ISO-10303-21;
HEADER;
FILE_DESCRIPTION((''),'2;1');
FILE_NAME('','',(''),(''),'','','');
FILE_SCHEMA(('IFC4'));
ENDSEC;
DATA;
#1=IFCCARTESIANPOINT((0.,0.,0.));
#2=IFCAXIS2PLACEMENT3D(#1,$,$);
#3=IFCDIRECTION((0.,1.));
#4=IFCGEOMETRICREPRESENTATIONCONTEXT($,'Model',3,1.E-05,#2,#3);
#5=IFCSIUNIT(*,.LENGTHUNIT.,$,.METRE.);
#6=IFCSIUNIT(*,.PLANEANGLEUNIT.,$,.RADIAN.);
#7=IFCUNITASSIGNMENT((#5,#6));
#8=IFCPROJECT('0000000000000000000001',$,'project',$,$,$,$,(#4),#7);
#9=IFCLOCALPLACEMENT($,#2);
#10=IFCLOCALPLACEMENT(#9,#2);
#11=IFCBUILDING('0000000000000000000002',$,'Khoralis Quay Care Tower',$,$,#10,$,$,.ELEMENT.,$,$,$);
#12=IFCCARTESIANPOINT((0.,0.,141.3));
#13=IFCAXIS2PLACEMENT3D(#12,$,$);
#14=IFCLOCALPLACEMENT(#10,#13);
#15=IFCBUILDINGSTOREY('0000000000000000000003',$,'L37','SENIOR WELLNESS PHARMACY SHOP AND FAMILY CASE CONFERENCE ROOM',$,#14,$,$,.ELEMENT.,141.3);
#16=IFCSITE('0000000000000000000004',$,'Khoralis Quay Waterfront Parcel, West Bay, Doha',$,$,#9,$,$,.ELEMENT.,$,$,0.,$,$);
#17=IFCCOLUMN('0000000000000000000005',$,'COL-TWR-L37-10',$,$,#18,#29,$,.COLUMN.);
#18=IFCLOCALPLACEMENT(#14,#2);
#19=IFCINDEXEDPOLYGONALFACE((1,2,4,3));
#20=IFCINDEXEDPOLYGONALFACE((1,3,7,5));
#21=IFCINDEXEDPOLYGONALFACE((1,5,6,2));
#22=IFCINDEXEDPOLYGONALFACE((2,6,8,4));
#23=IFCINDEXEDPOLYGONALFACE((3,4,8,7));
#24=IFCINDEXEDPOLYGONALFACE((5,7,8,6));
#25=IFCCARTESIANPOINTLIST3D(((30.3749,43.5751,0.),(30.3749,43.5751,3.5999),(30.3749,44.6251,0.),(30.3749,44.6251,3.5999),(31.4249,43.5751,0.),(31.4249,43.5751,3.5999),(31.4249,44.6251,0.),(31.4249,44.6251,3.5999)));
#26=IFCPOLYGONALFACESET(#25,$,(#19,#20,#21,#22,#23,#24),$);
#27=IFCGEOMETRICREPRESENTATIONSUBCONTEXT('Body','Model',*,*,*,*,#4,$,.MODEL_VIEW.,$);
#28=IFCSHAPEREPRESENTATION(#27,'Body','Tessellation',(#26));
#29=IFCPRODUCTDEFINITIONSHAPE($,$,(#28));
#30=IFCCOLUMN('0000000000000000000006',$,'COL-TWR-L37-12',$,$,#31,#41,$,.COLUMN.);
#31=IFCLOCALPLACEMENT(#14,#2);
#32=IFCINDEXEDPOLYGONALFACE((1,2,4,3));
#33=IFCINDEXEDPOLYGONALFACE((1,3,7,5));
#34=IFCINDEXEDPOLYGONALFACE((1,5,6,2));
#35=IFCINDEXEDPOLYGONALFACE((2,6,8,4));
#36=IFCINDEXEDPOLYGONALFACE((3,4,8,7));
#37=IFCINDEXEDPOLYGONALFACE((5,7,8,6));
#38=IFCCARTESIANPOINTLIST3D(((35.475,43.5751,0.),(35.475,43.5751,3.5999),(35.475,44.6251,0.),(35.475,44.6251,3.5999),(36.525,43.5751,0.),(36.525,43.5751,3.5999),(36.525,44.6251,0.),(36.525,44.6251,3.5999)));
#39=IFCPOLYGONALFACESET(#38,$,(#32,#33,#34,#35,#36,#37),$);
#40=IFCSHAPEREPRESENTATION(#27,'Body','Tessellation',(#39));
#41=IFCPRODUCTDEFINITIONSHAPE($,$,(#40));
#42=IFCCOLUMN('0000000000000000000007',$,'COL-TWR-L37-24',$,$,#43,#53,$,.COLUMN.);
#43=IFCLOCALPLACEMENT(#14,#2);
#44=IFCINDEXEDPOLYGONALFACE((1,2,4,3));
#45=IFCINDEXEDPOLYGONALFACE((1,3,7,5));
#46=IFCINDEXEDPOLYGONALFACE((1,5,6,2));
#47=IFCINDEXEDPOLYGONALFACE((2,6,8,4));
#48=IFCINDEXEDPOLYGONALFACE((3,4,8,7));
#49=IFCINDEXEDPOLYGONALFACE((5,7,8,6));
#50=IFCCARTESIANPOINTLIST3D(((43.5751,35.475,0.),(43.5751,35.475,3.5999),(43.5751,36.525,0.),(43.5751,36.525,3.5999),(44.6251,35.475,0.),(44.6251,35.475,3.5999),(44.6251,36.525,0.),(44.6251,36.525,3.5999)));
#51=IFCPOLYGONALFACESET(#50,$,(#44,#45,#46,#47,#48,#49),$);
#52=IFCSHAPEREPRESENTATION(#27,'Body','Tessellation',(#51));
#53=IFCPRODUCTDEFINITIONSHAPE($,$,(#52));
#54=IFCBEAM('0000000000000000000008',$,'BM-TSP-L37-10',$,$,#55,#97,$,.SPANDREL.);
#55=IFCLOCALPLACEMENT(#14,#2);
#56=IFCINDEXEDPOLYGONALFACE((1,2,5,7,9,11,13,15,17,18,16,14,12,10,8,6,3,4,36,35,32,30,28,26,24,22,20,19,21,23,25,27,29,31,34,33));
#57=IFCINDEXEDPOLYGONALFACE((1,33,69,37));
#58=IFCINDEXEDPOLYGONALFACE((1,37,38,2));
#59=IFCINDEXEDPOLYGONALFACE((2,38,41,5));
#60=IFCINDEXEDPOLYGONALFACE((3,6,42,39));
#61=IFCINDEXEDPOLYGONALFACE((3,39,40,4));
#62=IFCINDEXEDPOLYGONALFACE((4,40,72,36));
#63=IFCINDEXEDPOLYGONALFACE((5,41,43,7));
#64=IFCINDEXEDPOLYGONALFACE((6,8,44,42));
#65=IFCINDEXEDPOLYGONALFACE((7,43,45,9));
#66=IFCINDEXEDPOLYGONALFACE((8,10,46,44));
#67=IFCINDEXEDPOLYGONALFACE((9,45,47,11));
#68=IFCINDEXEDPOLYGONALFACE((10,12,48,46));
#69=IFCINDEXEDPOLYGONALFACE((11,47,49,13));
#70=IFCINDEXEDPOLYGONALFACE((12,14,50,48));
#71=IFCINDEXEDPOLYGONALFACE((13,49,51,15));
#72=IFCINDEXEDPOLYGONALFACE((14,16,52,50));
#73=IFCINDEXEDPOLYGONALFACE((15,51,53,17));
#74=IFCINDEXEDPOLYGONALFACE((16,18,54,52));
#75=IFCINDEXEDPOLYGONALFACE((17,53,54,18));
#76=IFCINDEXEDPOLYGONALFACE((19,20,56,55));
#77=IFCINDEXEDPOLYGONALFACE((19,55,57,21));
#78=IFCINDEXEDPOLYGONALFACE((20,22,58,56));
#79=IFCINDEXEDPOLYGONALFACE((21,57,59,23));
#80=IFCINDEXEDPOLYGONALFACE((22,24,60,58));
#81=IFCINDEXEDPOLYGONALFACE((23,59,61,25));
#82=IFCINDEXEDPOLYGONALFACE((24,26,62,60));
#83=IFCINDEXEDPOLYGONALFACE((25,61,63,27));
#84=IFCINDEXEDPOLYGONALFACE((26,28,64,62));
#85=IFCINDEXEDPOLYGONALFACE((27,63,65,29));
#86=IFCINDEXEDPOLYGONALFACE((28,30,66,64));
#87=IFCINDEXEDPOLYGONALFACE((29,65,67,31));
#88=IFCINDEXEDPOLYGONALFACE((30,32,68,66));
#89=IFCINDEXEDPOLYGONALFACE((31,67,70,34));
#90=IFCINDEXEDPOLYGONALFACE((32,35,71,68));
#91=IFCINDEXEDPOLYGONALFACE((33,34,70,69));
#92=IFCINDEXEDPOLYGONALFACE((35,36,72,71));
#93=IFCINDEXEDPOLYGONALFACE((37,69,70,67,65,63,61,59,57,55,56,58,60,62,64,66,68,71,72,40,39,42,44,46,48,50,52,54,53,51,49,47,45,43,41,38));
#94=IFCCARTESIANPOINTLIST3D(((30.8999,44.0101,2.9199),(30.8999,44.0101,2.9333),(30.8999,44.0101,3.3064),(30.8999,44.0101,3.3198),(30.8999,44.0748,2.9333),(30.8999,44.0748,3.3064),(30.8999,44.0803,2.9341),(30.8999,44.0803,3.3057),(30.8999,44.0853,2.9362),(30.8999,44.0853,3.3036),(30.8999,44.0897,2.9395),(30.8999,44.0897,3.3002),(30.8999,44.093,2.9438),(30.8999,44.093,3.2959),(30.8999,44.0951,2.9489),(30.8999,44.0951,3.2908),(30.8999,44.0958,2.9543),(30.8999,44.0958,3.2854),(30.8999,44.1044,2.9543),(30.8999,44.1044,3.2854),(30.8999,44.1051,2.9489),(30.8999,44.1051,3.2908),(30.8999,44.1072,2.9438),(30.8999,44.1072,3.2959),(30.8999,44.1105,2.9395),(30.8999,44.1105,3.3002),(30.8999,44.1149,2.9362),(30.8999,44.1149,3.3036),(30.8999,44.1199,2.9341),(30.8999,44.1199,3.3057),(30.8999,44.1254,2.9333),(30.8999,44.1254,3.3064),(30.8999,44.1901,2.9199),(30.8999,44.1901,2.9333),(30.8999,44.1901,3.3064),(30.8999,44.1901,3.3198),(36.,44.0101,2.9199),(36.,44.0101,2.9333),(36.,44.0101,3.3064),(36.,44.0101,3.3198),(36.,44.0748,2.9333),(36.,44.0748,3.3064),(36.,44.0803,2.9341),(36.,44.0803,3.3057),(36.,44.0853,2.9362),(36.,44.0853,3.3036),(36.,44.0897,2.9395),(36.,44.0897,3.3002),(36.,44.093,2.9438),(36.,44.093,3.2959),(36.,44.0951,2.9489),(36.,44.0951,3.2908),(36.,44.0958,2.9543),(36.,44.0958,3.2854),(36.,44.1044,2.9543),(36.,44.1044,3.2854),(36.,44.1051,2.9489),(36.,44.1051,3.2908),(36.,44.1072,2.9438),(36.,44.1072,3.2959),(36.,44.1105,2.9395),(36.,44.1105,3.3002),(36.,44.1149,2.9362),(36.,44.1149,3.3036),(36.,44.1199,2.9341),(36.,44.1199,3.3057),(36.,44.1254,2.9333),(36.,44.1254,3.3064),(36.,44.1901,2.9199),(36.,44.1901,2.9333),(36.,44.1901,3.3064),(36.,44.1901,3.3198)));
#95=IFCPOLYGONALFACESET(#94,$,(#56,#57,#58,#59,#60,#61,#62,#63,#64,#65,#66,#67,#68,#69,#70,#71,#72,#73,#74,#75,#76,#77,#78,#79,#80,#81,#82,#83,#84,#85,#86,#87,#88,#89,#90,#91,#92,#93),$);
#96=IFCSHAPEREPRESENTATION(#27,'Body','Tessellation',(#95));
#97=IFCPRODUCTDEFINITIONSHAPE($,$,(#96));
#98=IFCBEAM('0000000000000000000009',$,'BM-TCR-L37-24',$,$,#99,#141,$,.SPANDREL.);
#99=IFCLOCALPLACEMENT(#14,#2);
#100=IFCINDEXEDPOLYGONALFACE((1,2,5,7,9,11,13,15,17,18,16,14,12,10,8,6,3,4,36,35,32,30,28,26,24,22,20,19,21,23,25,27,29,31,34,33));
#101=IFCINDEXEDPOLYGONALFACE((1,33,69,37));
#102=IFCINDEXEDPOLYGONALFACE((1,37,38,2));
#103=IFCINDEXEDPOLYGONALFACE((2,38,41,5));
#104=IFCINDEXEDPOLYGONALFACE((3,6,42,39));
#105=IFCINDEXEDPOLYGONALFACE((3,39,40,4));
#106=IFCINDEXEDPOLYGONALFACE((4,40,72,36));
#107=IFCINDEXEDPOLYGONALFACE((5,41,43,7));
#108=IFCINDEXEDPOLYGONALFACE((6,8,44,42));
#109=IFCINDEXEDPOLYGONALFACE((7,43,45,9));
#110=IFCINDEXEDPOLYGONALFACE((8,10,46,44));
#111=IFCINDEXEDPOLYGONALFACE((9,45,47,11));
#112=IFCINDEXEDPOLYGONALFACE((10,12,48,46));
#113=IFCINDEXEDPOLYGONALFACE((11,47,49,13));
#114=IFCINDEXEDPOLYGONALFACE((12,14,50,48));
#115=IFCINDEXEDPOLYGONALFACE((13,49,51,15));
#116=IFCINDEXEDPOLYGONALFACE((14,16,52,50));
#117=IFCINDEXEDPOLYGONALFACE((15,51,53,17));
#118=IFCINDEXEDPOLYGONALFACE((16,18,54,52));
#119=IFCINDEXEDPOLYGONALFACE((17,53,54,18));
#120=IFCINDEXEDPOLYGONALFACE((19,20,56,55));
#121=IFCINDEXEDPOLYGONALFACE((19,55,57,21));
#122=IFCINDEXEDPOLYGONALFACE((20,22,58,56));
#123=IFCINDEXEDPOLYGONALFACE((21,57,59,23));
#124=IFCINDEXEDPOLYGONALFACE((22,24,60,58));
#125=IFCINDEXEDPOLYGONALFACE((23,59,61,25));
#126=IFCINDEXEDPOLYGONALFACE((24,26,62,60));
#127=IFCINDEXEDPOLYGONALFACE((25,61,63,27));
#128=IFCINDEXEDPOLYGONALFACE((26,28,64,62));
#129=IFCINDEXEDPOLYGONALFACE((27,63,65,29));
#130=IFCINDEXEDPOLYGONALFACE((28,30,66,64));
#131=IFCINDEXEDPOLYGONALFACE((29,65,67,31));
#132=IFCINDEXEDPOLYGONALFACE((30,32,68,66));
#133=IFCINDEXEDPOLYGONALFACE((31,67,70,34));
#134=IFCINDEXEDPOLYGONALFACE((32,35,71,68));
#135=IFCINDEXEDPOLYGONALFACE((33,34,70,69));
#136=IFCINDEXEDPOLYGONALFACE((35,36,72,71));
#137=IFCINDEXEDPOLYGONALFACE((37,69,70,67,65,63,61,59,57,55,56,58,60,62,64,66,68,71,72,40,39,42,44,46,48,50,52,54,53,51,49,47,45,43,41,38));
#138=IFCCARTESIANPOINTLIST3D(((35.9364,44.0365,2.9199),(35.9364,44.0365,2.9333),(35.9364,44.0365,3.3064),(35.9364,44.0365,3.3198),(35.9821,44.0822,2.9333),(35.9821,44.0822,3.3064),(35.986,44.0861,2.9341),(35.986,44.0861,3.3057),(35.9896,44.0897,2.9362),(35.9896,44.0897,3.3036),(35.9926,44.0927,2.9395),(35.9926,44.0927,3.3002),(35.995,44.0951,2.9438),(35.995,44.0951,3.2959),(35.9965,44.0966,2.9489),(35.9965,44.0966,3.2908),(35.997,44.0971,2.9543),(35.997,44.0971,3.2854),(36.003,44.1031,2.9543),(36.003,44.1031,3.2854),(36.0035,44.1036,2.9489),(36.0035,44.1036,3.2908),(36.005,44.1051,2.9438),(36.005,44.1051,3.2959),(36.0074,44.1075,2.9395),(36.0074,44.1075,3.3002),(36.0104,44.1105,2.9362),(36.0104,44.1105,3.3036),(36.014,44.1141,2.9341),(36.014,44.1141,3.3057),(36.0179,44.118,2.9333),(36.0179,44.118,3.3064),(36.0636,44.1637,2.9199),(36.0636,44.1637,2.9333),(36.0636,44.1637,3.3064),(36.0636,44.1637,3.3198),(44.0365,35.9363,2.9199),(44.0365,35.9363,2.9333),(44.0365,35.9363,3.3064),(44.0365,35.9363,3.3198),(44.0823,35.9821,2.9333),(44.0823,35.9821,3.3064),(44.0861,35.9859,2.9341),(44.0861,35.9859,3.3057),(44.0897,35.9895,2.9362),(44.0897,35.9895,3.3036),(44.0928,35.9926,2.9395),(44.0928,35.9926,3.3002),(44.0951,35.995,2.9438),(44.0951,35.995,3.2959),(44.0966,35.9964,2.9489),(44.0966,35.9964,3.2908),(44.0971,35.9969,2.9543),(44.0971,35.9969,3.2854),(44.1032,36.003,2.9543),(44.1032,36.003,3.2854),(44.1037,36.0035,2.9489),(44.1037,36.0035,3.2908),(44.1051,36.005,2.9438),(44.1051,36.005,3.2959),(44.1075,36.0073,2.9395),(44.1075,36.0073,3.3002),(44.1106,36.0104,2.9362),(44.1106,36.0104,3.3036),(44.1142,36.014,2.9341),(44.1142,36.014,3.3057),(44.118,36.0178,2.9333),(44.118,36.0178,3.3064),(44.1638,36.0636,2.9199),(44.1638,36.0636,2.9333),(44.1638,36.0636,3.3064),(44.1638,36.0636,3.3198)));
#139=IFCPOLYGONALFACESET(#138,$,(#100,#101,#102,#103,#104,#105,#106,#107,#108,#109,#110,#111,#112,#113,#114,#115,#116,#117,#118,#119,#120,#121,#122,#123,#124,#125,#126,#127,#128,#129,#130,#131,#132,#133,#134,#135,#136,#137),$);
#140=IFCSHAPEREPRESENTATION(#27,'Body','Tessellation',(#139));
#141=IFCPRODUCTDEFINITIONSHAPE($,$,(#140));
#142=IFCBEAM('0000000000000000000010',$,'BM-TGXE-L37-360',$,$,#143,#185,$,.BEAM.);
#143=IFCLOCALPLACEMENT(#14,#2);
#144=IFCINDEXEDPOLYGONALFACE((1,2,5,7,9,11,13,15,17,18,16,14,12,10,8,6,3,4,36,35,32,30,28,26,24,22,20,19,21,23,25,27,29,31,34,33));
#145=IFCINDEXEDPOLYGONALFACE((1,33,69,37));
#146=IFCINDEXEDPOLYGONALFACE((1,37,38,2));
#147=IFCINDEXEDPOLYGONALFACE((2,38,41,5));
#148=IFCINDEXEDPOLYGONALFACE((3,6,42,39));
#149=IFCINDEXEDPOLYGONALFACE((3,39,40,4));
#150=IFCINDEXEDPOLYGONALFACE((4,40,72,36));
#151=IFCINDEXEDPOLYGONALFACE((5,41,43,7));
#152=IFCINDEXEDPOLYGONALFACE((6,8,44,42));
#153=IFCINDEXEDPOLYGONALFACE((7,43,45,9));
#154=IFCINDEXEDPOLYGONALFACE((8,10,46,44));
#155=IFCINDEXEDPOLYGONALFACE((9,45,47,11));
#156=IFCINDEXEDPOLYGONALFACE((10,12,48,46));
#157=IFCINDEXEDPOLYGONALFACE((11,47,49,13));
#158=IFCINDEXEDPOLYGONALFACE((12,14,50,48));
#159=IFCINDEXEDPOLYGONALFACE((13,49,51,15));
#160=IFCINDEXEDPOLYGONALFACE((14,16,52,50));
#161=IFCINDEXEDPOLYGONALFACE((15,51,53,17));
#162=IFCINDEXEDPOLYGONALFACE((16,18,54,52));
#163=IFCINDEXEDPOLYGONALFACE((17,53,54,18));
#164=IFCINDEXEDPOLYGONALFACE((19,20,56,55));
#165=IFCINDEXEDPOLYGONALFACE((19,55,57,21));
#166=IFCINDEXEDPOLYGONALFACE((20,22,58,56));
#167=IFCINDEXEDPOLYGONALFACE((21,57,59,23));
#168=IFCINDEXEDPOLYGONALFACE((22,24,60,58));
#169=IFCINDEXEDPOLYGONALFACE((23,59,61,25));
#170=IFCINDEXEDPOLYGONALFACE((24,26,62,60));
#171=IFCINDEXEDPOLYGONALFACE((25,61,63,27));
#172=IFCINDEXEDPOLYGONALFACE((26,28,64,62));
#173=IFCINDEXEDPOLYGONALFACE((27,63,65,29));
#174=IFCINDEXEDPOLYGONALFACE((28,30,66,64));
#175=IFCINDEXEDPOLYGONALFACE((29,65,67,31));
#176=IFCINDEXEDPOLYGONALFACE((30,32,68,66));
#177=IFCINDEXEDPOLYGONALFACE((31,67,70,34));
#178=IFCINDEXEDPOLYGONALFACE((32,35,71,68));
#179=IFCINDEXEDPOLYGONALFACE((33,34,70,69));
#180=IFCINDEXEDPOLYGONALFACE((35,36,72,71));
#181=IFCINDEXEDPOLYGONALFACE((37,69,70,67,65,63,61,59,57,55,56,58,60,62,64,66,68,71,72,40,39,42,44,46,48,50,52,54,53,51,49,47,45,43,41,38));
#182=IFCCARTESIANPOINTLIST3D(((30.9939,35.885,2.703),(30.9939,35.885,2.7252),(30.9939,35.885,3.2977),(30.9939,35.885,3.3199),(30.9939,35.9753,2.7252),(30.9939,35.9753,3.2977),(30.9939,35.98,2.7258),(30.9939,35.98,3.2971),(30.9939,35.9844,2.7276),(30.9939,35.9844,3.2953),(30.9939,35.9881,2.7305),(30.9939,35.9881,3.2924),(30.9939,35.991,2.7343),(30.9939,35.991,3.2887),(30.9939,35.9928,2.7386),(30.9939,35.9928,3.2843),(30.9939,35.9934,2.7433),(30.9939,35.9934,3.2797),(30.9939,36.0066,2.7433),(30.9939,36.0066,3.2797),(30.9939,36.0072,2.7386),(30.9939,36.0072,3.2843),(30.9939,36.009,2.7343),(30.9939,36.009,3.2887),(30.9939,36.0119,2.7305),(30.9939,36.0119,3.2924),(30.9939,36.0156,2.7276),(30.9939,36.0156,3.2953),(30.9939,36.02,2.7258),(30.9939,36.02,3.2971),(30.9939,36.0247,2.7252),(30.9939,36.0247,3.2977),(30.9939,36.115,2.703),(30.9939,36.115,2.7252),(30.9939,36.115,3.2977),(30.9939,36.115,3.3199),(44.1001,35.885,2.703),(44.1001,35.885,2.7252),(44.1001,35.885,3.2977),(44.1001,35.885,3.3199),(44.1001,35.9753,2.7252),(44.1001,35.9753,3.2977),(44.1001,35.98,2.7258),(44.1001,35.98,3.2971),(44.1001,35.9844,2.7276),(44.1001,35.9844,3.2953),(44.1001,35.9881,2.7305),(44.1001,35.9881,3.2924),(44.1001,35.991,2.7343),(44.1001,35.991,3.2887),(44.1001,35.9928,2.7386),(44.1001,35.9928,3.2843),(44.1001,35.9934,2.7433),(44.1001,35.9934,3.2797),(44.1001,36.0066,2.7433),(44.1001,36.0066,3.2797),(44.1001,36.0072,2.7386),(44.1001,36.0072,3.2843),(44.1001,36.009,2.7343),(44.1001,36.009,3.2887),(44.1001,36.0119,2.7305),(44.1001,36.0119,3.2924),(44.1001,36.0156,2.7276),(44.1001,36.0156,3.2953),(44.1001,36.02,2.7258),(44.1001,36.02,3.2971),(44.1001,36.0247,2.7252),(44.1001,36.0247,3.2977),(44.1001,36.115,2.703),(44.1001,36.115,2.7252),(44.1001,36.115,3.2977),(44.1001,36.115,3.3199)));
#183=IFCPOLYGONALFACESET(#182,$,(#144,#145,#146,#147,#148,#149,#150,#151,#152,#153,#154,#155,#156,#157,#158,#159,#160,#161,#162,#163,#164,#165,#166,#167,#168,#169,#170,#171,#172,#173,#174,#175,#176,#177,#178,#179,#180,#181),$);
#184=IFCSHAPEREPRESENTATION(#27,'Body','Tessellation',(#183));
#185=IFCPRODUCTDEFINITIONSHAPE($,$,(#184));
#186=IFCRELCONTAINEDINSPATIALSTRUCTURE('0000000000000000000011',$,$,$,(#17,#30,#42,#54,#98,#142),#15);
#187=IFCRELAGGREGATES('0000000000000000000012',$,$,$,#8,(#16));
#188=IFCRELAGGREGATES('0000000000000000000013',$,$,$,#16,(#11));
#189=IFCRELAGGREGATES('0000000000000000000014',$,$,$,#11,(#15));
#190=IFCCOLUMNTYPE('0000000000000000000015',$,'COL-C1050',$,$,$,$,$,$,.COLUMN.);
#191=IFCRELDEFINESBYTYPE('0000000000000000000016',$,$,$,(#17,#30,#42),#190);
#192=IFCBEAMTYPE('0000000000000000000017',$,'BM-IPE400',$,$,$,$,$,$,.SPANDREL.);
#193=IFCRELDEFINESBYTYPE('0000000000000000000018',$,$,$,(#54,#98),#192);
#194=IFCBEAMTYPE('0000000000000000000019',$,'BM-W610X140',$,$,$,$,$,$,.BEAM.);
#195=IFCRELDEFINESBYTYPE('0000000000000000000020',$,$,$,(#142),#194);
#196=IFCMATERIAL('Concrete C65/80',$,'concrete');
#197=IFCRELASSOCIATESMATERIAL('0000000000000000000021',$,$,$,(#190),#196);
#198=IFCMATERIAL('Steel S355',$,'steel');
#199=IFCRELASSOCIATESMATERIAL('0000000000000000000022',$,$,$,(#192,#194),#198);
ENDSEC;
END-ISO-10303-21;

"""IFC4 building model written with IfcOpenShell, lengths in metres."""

from ifc_helpers import new_model, si_unit, direction, frame, origin, origin_2d, place, context, subcontext, project, spatial, rectangle, i_section, extrude, source, transform, mapped, material, material_profile, profile_set, type_object, element, save


model = new_model("IFC4")

# Units and contexts
model_context = context("Model", 3, precision=1e-05, world=origin(), true_north=direction((0.0, 1.0)))
body_context = subcontext(model_context, "Body", "Model", "MODEL_VIEW")
ifc_project = project(units=[si_unit("LENGTHUNIT", "METRE"), si_unit("PLANEANGLEUNIT", "RADIAN")], contexts=[model_context])

# Site, building, storey
site_placement = place(None, origin())
site = spatial("IfcSite", under=ifc_project, at=site_placement, Name="Khoralis Quay Waterfront Parcel, West Bay, Doha", CompositionType="ELEMENT", RefElevation=0.0)
building_placement = place(site_placement, origin())
building = spatial("IfcBuilding", under=site, at=building_placement, Name="Khoralis Quay Care Tower", CompositionType="ELEMENT")
storey_placement = place(building_placement, frame((0.0, 0.0, 141.3)))
storey = spatial("IfcBuildingStorey", under=building, at=storey_placement, Name="L37", Description="SENIOR WELLNESS PHARMACY SHOP AND FAMILY CASE CONFERENCE ROOM", CompositionType="ELEMENT", Elevation=141.3)

# Columns
ifc_material_1 = material(Name="Concrete C65/80", Category="concrete")
ifc_material_profile_1 = material_profile(ifc_material_1, rectangle(XDim=1.05, YDim=1.05, at=origin_2d()), Name="Concrete C65/80")
ifc_profile_set_1 = profile_set([ifc_material_profile_1], Name="Concrete C65/80")
column_type = type_object("IfcColumnType", Name="COL-C1050", PredefinedType="COLUMN", material=ifc_profile_set_1)
shared_shape_1 = source(origin(), body_context, "Body", "SweptSolid", [
    extrude(rectangle(XDim=1.05, YDim=1.05, at=origin_2d()), origin(), (0.0, 0.0, 1.0), 3.5999),
])
for number, where, z_axis, x_axis, name in (
    (1, (30.8999, 44.1001, 0.0), (0.0, 0.0, 1.0), (1.0, 0.0, 0.0), "COL-TWR-L37-10"),
    (2, (36.0, 44.1001, 0.0), (0.0, 0.0, 1.0), (1.0, 0.0, 0.0), "COL-TWR-L37-12"),
    (3, (44.1001, 36.0, 0.0), (0.0, 0.0, 1.0), (1.0, 0.0, 0.0), "COL-TWR-L37-24"),
):
    element("IfcColumn", number, at=place(storey_placement, frame(where, z_axis=z_axis, x_axis=x_axis)), inside=storey, type_object=column_type, Name=name, PredefinedType="COLUMN", context=body_context, shape_type="MappedRepresentation", body=[
        mapped(shared_shape_1, transform((0.0, 0.0, 0.0), scale=1.0)),
    ])

# Beams
ifc_material_2 = material(Name="Steel S355", Category="steel")
ifc_material_profile_2 = material_profile(ifc_material_2, i_section(OverallWidth=0.1799, OverallDepth=0.3999, WebThickness=0.0085, FlangeThickness=0.0134, FilletRadius=0.021, at=origin_2d()), Name="Steel S355")
ifc_profile_set_2 = profile_set([ifc_material_profile_2], Name="Steel S355")
beam_type_1 = type_object("IfcBeamType", Name="BM-IPE400", PredefinedType="SPANDREL", material=ifc_profile_set_2)
shared_shape_2 = source(origin(), body_context, "Body", "SweptSolid", [
    extrude(i_section(OverallWidth=0.1799, OverallDepth=0.3999, WebThickness=0.0085, FlangeThickness=0.0134, FilletRadius=0.021, at=origin_2d()), origin(), (0.0, 0.0, 1.0), 5.1001),
])
beam_1_placement = place(storey_placement, frame((30.8999, 44.1001, 3.1199), z_axis=(1.0, 0.0, 0.0), x_axis=(0.0, 1.0, 0.0)))
element("IfcBeam", 4, at=beam_1_placement, inside=storey, type_object=beam_type_1, Name="BM-TSP-L37-10", PredefinedType="SPANDREL", context=body_context, shape_type="MappedRepresentation", body=[
    mapped(shared_shape_2, transform((0.0, 0.0, 0.0), scale=1.0)),
])
shared_shape_3 = source(origin(), body_context, "Body", "SweptSolid", [
    extrude(i_section(OverallWidth=0.1799, OverallDepth=0.3999, WebThickness=0.0085, FlangeThickness=0.0134, FilletRadius=0.021, at=origin_2d()), origin(), (0.0, 0.0, 1.0), 11.4553),
])
beam_2_placement = place(storey_placement, frame((36.0, 44.1001, 3.1199), z_axis=(0.707107, -0.707107, 0.0), x_axis=(0.707107, 0.707107, 0.0)))
element("IfcBeam", 5, at=beam_2_placement, inside=storey, type_object=beam_type_1, Name="BM-TCR-L37-24", PredefinedType="SPANDREL", context=body_context, shape_type="MappedRepresentation", body=[
    mapped(shared_shape_3, transform((0.0, 0.0, 0.0), scale=1.0)),
])
ifc_material_profile_3 = material_profile(ifc_material_2, i_section(OverallWidth=0.23, OverallDepth=0.6169, WebThickness=0.0132, FlangeThickness=0.0222, FilletRadius=0.0181, at=origin_2d()), Name="Steel S355")
ifc_profile_set_3 = profile_set([ifc_material_profile_3], Name="Steel S355")
beam_type_2 = type_object("IfcBeamType", Name="BM-W610X140", PredefinedType="BEAM", material=ifc_profile_set_3)
shared_shape_4 = source(origin(), body_context, "Body", "SweptSolid", [
    extrude(i_section(OverallWidth=0.23, OverallDepth=0.6169, WebThickness=0.0132, FlangeThickness=0.0222, FilletRadius=0.0181, at=origin_2d()), origin(), (0.0, 0.0, 1.0), 13.1062),
])
beam_3_placement = place(storey_placement, frame((30.9939, 36.0, 3.0115), z_axis=(1.0, 0.0, 0.0), x_axis=(0.0, 1.0, 0.0)))
element("IfcBeam", 6, at=beam_3_placement, inside=storey, type_object=beam_type_2, Name="BM-TGXE-L37-360", PredefinedType="BEAM", context=body_context, shape_type="MappedRepresentation", body=[
    mapped(shared_shape_4, transform((0.0, 0.0, 0.0), scale=1.0)),
])

save(model, "model.ifc")
